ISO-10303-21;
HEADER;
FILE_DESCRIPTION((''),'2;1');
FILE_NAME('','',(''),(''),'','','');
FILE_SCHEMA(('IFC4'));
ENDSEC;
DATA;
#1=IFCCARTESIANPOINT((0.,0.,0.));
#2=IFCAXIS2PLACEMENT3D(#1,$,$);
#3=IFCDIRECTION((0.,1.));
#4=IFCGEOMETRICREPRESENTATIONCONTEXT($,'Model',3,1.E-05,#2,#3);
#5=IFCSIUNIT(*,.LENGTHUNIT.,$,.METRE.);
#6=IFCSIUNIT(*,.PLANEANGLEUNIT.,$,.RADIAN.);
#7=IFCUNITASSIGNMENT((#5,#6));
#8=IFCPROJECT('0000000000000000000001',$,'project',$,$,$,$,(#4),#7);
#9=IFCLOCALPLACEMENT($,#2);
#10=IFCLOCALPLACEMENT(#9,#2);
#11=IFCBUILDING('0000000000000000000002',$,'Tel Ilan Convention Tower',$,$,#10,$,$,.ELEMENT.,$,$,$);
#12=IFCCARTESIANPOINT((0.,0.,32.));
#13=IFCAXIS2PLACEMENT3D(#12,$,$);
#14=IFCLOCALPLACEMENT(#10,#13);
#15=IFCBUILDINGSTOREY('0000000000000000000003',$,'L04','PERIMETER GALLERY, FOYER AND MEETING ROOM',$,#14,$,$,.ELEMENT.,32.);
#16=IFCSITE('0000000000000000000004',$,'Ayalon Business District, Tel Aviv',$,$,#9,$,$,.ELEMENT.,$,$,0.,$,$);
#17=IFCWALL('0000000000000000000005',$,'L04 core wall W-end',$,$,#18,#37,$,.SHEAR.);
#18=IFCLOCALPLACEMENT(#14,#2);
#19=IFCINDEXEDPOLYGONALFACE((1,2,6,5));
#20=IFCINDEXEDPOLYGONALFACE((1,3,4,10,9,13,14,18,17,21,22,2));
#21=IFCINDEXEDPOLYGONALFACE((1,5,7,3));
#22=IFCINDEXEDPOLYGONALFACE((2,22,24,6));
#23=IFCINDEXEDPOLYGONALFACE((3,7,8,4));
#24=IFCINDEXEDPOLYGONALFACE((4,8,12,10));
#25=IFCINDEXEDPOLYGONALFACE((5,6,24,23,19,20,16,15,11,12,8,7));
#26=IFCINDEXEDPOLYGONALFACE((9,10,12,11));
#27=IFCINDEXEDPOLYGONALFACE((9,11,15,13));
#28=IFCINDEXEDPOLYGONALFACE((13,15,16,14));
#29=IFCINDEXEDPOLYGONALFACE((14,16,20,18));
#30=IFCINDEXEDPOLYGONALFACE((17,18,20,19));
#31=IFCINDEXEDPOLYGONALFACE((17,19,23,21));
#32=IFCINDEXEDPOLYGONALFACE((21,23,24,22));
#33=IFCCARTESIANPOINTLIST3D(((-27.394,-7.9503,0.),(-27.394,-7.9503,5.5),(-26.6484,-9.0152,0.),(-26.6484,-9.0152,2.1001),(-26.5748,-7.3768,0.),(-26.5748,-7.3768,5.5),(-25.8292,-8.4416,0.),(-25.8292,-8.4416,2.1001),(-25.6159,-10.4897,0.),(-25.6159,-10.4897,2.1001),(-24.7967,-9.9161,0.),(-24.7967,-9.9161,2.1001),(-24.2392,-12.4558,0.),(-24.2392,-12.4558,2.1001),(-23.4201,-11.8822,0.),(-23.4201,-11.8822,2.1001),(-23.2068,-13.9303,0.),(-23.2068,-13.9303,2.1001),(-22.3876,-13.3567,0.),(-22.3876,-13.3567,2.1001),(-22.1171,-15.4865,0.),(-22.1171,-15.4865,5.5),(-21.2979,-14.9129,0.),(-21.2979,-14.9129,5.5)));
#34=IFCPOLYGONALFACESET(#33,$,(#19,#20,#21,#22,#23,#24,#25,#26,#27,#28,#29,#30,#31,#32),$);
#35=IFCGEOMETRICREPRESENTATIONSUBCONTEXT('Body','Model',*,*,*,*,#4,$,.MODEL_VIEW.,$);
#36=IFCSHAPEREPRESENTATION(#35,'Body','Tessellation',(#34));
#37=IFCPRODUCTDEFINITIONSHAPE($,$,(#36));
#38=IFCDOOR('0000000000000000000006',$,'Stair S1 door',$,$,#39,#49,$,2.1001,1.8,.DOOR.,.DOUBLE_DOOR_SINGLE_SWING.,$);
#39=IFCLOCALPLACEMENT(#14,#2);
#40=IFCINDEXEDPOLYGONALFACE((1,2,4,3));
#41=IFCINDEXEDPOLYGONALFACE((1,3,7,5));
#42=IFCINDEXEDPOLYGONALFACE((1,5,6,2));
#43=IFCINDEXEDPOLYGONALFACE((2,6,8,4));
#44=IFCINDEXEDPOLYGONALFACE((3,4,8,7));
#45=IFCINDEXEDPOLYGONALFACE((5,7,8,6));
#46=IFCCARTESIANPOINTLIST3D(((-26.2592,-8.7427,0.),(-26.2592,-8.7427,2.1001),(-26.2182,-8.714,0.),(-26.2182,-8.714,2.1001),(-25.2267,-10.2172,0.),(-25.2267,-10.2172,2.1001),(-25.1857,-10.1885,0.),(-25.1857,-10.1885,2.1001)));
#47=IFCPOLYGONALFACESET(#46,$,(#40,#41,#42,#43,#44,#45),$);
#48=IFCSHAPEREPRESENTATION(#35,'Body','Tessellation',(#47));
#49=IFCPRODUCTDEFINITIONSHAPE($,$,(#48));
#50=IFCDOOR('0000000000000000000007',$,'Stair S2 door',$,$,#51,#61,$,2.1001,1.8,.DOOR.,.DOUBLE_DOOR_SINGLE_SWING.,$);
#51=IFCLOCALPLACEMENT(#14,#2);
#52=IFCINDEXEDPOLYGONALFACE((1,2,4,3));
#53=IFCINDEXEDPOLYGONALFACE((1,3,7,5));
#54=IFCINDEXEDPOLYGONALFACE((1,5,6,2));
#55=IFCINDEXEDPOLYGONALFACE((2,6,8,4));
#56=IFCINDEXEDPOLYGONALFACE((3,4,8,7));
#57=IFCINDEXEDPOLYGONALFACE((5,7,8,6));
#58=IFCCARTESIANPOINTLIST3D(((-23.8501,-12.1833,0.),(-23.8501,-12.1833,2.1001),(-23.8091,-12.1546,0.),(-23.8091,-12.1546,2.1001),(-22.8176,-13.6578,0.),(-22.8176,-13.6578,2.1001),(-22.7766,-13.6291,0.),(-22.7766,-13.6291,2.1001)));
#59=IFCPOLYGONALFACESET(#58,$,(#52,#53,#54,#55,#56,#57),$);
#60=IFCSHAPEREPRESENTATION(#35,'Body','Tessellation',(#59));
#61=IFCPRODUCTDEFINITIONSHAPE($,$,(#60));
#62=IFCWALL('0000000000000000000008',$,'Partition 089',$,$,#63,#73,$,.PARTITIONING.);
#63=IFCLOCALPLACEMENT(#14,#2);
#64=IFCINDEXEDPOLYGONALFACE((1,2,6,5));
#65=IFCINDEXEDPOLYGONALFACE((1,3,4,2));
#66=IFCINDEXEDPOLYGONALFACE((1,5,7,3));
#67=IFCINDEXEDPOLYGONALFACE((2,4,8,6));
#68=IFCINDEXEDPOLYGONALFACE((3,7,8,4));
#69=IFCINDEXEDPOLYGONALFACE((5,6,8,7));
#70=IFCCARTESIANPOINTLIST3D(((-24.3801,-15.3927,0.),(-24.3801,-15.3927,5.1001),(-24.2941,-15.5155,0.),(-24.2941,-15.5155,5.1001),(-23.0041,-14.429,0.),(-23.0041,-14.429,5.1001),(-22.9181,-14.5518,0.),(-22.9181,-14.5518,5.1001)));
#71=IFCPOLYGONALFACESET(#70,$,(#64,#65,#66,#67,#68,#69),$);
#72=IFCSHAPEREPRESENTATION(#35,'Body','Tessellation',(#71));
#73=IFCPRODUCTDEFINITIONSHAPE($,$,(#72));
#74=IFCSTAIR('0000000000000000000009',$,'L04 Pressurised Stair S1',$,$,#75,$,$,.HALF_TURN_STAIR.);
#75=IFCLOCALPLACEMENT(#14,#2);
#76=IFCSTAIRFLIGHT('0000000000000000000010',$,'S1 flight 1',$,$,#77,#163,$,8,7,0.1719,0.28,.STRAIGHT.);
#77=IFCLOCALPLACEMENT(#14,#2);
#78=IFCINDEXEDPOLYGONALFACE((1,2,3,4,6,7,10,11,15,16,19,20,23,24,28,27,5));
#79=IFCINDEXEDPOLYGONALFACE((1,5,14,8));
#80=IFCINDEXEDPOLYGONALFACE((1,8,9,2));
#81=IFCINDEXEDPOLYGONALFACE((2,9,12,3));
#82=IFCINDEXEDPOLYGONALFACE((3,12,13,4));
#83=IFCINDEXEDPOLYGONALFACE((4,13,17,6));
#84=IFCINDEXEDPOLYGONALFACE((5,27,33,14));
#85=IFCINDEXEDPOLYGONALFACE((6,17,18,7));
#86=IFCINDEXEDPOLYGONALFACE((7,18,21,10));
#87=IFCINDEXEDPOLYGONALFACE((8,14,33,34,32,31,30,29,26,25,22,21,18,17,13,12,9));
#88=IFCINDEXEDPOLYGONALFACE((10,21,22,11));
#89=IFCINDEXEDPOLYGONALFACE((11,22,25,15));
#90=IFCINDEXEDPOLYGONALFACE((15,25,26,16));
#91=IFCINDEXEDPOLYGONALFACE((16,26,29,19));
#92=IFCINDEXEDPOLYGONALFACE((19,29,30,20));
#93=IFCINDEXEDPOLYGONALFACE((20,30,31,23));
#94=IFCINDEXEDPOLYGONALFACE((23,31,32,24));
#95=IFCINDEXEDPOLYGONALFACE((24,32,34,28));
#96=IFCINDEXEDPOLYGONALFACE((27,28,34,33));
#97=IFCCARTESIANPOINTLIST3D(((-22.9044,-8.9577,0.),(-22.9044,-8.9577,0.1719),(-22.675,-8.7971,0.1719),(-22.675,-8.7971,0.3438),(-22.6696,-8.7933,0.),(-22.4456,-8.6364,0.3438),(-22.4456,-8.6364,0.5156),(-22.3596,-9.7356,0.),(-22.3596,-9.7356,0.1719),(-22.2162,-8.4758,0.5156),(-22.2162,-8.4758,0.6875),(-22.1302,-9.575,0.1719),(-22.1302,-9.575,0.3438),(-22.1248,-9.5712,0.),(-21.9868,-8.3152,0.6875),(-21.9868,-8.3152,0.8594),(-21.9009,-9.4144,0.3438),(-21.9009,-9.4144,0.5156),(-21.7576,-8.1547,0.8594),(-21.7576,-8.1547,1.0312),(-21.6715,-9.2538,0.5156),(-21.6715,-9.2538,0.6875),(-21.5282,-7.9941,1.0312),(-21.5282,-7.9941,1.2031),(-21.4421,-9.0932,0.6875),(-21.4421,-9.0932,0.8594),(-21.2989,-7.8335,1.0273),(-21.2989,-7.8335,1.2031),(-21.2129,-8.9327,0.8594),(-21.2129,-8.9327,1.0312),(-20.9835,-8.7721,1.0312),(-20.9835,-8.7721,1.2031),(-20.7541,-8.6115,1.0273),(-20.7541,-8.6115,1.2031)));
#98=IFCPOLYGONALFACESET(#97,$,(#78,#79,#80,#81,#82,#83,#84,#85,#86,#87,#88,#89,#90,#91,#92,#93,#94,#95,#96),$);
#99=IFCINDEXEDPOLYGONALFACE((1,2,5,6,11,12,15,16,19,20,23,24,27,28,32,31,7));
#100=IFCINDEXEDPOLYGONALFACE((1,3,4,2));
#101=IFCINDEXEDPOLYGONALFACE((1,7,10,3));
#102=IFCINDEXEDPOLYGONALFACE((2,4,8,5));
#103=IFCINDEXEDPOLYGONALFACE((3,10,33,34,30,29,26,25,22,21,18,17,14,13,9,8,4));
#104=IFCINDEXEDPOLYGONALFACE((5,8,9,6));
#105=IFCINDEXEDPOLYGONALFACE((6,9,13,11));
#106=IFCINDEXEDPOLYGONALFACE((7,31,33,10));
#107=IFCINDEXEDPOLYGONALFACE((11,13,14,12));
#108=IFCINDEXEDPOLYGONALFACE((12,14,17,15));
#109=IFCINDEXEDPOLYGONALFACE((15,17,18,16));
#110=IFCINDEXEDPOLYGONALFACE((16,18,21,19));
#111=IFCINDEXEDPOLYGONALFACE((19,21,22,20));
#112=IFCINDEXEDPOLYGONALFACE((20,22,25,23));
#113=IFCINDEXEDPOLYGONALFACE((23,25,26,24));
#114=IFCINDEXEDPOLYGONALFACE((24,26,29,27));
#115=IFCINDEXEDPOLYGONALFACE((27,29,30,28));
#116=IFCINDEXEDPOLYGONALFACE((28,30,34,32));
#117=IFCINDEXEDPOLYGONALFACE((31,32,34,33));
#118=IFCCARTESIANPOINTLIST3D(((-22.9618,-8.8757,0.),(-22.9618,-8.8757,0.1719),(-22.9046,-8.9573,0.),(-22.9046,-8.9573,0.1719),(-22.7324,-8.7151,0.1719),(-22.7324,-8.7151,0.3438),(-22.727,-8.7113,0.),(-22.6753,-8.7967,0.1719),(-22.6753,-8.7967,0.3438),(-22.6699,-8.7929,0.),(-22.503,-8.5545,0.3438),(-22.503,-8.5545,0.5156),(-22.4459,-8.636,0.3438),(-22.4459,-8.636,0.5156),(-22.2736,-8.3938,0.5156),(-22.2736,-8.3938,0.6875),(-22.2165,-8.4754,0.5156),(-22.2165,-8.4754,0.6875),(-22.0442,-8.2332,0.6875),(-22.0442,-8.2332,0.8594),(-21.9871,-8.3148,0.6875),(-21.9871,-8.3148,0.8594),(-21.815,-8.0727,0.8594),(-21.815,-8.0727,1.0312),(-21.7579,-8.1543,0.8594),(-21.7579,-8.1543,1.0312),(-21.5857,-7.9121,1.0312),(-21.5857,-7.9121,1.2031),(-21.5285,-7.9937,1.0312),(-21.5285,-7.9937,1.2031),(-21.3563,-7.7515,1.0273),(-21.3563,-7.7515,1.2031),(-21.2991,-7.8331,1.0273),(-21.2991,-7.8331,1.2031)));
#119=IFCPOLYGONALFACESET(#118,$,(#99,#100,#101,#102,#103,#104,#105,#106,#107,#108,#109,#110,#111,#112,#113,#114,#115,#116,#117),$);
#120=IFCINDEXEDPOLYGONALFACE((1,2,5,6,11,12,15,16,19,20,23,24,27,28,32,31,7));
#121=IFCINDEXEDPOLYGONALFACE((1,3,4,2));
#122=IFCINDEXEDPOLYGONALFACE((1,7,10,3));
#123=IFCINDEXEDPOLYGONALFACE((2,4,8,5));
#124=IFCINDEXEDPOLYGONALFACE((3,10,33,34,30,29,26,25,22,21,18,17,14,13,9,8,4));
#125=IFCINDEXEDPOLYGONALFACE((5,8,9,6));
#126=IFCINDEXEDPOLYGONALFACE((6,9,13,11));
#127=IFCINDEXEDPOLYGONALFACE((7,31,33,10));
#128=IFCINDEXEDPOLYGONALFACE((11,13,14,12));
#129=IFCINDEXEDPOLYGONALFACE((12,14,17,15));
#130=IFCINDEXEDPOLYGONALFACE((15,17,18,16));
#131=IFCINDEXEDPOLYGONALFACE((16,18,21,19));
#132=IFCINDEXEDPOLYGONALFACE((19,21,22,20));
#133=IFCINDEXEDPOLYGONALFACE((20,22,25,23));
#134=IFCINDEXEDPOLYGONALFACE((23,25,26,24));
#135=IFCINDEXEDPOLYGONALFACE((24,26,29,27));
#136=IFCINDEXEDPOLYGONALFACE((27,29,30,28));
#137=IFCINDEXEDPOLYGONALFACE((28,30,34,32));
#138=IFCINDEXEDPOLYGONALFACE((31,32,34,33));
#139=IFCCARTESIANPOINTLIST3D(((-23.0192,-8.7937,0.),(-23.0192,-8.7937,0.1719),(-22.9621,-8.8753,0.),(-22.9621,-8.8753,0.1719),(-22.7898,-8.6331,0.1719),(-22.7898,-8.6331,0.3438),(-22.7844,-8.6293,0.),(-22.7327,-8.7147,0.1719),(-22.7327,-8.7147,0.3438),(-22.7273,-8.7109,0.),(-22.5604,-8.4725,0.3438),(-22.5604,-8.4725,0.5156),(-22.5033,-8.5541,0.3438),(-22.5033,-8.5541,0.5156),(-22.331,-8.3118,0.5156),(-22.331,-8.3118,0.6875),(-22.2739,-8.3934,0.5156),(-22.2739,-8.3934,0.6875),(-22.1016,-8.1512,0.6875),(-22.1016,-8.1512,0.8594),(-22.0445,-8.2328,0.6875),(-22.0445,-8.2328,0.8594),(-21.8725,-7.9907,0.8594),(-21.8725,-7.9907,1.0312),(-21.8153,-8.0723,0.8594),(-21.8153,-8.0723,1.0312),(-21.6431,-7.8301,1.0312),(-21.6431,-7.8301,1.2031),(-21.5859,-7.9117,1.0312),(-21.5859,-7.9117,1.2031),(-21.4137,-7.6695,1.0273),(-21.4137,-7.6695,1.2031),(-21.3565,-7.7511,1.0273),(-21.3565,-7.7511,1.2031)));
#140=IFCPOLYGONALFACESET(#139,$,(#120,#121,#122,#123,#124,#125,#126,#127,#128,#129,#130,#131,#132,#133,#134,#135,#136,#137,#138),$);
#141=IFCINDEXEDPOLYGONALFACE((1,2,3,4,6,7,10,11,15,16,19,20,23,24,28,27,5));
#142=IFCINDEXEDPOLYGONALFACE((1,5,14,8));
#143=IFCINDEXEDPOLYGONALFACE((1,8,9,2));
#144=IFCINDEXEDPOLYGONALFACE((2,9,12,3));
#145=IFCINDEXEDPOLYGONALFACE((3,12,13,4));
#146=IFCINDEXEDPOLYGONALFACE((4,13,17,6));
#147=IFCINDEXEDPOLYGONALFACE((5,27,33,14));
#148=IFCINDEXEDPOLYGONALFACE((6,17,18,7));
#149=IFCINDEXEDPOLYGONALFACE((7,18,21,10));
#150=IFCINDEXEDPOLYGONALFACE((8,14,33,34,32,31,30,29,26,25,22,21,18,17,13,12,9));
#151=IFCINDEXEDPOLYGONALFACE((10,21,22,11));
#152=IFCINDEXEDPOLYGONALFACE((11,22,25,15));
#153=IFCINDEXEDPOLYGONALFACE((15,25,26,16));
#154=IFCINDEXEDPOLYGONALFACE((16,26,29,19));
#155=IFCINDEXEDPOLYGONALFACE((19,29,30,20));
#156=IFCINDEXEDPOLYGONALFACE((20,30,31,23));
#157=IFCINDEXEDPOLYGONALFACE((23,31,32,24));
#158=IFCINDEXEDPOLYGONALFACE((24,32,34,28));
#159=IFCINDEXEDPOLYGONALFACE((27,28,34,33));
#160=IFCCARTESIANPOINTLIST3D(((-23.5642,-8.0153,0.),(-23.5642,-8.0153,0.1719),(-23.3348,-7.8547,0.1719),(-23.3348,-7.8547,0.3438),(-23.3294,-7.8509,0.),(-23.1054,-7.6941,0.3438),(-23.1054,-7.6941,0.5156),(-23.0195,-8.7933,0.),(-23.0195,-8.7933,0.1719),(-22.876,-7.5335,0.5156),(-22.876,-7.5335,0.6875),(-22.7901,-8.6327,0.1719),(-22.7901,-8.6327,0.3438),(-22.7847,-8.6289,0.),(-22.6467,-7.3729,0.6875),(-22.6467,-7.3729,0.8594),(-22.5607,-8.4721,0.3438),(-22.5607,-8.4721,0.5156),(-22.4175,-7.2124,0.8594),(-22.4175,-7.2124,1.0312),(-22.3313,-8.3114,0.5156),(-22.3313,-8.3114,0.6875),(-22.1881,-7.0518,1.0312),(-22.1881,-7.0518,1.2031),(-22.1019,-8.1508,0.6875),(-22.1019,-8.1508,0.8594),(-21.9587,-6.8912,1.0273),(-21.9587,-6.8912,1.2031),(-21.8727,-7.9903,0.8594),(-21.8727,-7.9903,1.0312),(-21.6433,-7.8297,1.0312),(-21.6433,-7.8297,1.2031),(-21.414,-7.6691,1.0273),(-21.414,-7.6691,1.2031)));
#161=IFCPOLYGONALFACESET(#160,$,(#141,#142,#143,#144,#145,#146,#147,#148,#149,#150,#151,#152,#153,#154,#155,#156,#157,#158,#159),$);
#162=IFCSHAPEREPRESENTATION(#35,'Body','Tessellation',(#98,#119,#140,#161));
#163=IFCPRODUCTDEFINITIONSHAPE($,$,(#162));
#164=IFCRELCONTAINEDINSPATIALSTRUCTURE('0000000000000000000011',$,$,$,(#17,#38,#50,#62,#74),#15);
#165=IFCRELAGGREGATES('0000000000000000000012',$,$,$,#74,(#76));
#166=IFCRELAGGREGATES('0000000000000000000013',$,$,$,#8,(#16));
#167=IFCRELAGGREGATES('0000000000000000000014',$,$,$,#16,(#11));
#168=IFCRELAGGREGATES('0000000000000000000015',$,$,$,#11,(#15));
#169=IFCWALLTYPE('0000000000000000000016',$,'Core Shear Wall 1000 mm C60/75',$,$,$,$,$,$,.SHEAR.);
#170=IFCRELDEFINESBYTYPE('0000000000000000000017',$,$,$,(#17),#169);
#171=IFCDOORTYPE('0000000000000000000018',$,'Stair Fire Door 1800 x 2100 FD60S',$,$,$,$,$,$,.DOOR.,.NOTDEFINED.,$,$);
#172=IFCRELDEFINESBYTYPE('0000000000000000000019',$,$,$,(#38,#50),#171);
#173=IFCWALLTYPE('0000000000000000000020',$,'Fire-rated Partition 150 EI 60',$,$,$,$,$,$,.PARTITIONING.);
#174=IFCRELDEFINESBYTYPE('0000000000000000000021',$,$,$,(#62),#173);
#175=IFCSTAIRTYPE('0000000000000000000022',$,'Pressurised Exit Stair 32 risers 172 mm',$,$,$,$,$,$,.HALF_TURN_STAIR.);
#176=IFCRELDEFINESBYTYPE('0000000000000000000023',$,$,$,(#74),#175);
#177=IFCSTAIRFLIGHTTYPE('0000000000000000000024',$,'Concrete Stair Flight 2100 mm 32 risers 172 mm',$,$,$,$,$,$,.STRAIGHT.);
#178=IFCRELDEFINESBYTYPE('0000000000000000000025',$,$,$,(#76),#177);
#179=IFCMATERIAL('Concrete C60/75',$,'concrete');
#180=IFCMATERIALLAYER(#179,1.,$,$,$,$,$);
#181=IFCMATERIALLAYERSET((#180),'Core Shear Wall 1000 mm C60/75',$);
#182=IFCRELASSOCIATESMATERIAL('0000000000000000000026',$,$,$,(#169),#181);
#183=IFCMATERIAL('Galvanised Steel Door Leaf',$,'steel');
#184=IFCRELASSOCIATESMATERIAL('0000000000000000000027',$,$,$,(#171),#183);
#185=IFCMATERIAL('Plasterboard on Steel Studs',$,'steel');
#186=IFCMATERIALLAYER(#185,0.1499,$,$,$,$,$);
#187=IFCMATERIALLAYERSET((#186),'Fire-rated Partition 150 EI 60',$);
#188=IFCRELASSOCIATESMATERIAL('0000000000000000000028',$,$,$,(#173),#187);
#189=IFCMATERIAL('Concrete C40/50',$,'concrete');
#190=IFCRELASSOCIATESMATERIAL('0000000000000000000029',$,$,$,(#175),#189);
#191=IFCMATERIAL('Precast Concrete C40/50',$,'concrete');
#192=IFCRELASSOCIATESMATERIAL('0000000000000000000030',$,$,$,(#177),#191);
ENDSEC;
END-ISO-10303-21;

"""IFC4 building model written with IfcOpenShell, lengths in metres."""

from ifc_helpers import new_model, si_unit, direction, frame, frame_2d, origin, place, context, subcontext, project, spatial, polyline, rectangle, outline, extrude, material, layer, layer_set, type_object, element, fill, aggregate, save


model = new_model("IFC4")

# Units and contexts
model_context = context("Model", 3, precision=1e-05, world=origin(), true_north=direction((0.0, 1.0)))
body_context = subcontext(model_context, "Body", "Model", "MODEL_VIEW")
ifc_project = project(units=[si_unit("LENGTHUNIT", "METRE"), si_unit("PLANEANGLEUNIT", "RADIAN")], contexts=[model_context])

# Site, building, storey
site_placement = place(None, origin())
site = spatial("IfcSite", under=ifc_project, at=site_placement, Name="Ayalon Business District, Tel Aviv", CompositionType="ELEMENT", RefElevation=0.0)
building_placement = place(site_placement, origin())
building = spatial("IfcBuilding", under=site, at=building_placement, Name="Tel Ilan Convention Tower", CompositionType="ELEMENT")
storey_placement = place(building_placement, frame((0.0, 0.0, 32.0)))
storey = spatial("IfcBuildingStorey", under=building, at=storey_placement, Name="L04", Description="PERIMETER GALLERY, FOYER AND MEETING ROOM", CompositionType="ELEMENT", Elevation=32.0)

# Wall, openings, doors
ifc_material_1 = material(Name="Concrete C60/75", Category="concrete")
ifc_layer_1 = layer(ifc_material_1, 1.0)
ifc_layer_set_1 = layer_set([ifc_layer_1], Name="Core Shear Wall 1000 mm C60/75")
wall_type_1 = type_object("IfcWallType", Name="Core Shear Wall 1000 mm C60/75", PredefinedType="SHEAR", material=ifc_layer_set_1)
wall_1_placement = place(storey_placement, frame((-21.7075, -15.1997, 0.0), z_axis=(0.0, 0.0, 1.0), x_axis=(-0.573576, 0.819152, 0.0)))
wall_1 = element("IfcWall", 1, at=wall_1_placement, inside=storey, type_object=wall_type_1, Name="L04 core wall W-end", PredefinedType="SHEAR", context=body_context, shape_type="SweptSolid", body=[
    extrude(outline(polyline([(0.0, 0.5), (0.0, -0.5), (9.2, -0.5), (9.2, 0.5), (0.0, 0.5)])), origin(), (0.0, 0.0, 1.0), 5.5),
])
opening_1_placement = place(wall_1_placement, frame((6.1001, 0.0, 0.0)))
opening_1 = element("IfcOpeningElement", 2, at=opening_1_placement, cuts=wall_1, PredefinedType="OPENING", context=body_context, shape_type="SweptSolid", body=[
    extrude(rectangle(XDim=1.8, YDim=2.1001, at=frame_2d((0.8999, 1.05))), frame((0.0, 0.51, 0.0), z_axis=(0.0, -1.0, 0.0), x_axis=(1.0, 0.0, 0.0)), (0.0, 0.0, 1.0), 1.02),
])
opening_2_placement = place(wall_1_placement, frame((1.8999, 0.0, 0.0)))
opening_2 = element("IfcOpeningElement", 3, at=opening_2_placement, cuts=wall_1, PredefinedType="OPENING", context=body_context, shape_type="SweptSolid", body=[
    extrude(rectangle(XDim=1.8, YDim=2.1001, at=frame_2d((0.8999, 1.05))), frame((0.0, 0.51, 0.0), z_axis=(0.0, -1.0, 0.0), x_axis=(1.0, 0.0, 0.0)), (0.0, 0.0, 1.0), 1.02),
])
ifc_material_2 = material(Name="Galvanised Steel Door Leaf", Category="steel")
door_type = type_object("IfcDoorType", Name="Stair Fire Door 1800 x 2100 FD60S", OperationType="NOTDEFINED", PredefinedType="DOOR", material=ifc_material_2)
door_1_placement = place(opening_1_placement, origin())
door_1 = element("IfcDoor", 4, at=door_1_placement, inside=storey, type_object=door_type, Name="Stair S1 door", OperationType="DOUBLE_DOOR_SINGLE_SWING", OverallHeight=2.1001, OverallWidth=1.8, PredefinedType="DOOR", context=body_context, shape_type="SweptSolid", body=[
    extrude(rectangle(XDim=1.8, YDim=2.1001, at=frame_2d((0.8999, 1.05))), frame((0.0, 0.0249, 0.0), z_axis=(0.0, -1.0, 0.0), x_axis=(1.0, 0.0, 0.0)), (0.0, 0.0, 1.0), 0.05),
])
fill(opening_1, door_1)
door_2_placement = place(opening_2_placement, origin())
door_2 = element("IfcDoor", 5, at=door_2_placement, inside=storey, type_object=door_type, Name="Stair S2 door", OperationType="DOUBLE_DOOR_SINGLE_SWING", OverallHeight=2.1001, OverallWidth=1.8, PredefinedType="DOOR", context=body_context, shape_type="SweptSolid", body=[
    extrude(rectangle(XDim=1.8, YDim=2.1001, at=frame_2d((0.8999, 1.05))), frame((0.0, 0.0249, 0.0), z_axis=(0.0, -1.0, 0.0), x_axis=(1.0, 0.0, 0.0)), (0.0, 0.0, 1.0), 0.05),
])
fill(opening_2, door_2)

# Wall
ifc_material_3 = material(Name="Plasterboard on Steel Studs", Category="steel")
ifc_layer_2 = layer(ifc_material_3, 0.1499)
ifc_layer_set_2 = layer_set([ifc_layer_2], Name="Fire-rated Partition 150 EI 60")
wall_type_2 = type_object("IfcWallType", Name="Fire-rated Partition 150 EI 60", PredefinedType="PARTITIONING", material=ifc_layer_set_2)
wall_2_placement = place(storey_placement, frame((-22.9612, -14.4905, 0.0), z_axis=(0.0, 0.0, 1.0), x_axis=(-0.819109, -0.573638, 0.0)))
element("IfcWall", 6, at=wall_2_placement, inside=storey, type_object=wall_type_2, Name="Partition 089", PredefinedType="PARTITIONING", context=body_context, shape_type="SweptSolid", body=[
    extrude(rectangle(XDim=1.6799, YDim=0.1499, at=frame_2d((0.8398, 0.0))), origin(), (0.0, 0.0, 1.0), 5.1001),
])

# Stair, stair flight
ifc_material_4 = material(Name="Concrete C40/50", Category="concrete")
stair_type = type_object("IfcStairType", Name="Pressurised Exit Stair 32 risers 172 mm", PredefinedType="HALF_TURN_STAIR", material=ifc_material_4)
stair_placement = place(storey_placement, origin())
stair = element("IfcStair", 7, at=stair_placement, inside=storey, type_object=stair_type, Name="L04 Pressurised Stair S1", PredefinedType="HALF_TURN_STAIR")
ifc_material_5 = material(Name="Precast Concrete C40/50", Category="concrete")
stair_flight_type = type_object("IfcStairFlightType", Name="Concrete Stair Flight 2100 mm 32 risers 172 mm", PredefinedType="STRAIGHT", material=ifc_material_5)
stair_flight_1_placement = place(storey_placement, frame((-22.9619, -8.8755, 0.0), z_axis=(0.0, 0.0, 1.0), x_axis=(0.819152, 0.573576, 0.0)))
stair_flight_1 = element("IfcStairFlight", 8, at=stair_flight_1_placement, type_object=stair_flight_type, Name="S1 flight 1", NumberOfRisers=8, NumberOfTreads=7, PredefinedType="STRAIGHT", RiserHeight=0.1719, TreadLength=0.28, context=body_context, shape_type="SweptSolid", body=[
    extrude(outline(polyline([(0.0, 0.0), (0.0, 0.1719), (0.28, 0.1719), (0.28, 0.3438), (0.5601, 0.3438), (0.5601, 0.5156), (0.8401, 0.5156), (0.8401, 0.6875), (1.1201, 0.6875), (1.1201, 0.8594), (1.3999, 0.8594), (1.3999, 1.0312), (1.6799, 1.0312), (1.6799, 1.2031), (1.96, 1.2031), (1.96, 1.375), (1.96, 1.0273), (0.2866, 0.0), (0.0, 0.0)])), frame((0.0, -0.1003, 0.0), z_axis=(0.0, -1.0, 0.0), x_axis=(1.0, 0.0, 0.0)), (0.0, 0.0, 1.0), 0.9497),
    extrude(outline(polyline([(0.0, 0.0), (0.0, 0.1719), (0.28, 0.1719), (0.28, 0.3438), (0.5601, 0.3438), (0.5601, 0.5156), (0.8401, 0.5156), (0.8401, 0.6875), (1.1201, 0.6875), (1.1201, 0.8594), (1.3999, 0.8594), (1.3999, 1.0312), (1.6799, 1.0312), (1.6799, 1.2031), (1.96, 1.2031), (1.96, 1.375), (1.96, 1.0273), (0.2866, 0.0), (0.0, 0.0)])), frame((0.0, -0.0002, 0.0), z_axis=(0.0, -1.0, 0.0), x_axis=(1.0, 0.0, 0.0)), (0.0, 0.0, 1.0), 0.0996),
    extrude(outline(polyline([(0.0, 0.0), (0.0, 0.1719), (0.28, 0.1719), (0.28, 0.3438), (0.5601, 0.3438), (0.5601, 0.5156), (0.8401, 0.5156), (0.8401, 0.6875), (1.1201, 0.6875), (1.1201, 0.8594), (1.3999, 0.8594), (1.3999, 1.0312), (1.6799, 1.0312), (1.6799, 1.2031), (1.96, 1.2031), (1.96, 1.375), (1.96, 1.0273), (0.2866, 0.0), (0.0, 0.0)])), frame((0.0, 0.0999, 0.0), z_axis=(0.0, -1.0, 0.0), x_axis=(1.0, 0.0, 0.0)), (0.0, 0.0, 1.0), 0.0996),
    extrude(outline(polyline([(0.0, 0.0), (0.0, 0.1719), (0.28, 0.1719), (0.28, 0.3438), (0.5601, 0.3438), (0.5601, 0.5156), (0.8401, 0.5156), (0.8401, 0.6875), (1.1201, 0.6875), (1.1201, 0.8594), (1.3999, 0.8594), (1.3999, 1.0312), (1.6799, 1.0312), (1.6799, 1.2031), (1.96, 1.2031), (1.96, 1.375), (1.96, 1.0273), (0.2866, 0.0), (0.0, 0.0)])), frame((0.0, 1.05, 0.0), z_axis=(0.0, -1.0, 0.0), x_axis=(1.0, 0.0, 0.0)), (0.0, 0.0, 1.0), 0.9497),
])
aggregate(stair, [stair_flight_1])

save(model, "model.ifc")
